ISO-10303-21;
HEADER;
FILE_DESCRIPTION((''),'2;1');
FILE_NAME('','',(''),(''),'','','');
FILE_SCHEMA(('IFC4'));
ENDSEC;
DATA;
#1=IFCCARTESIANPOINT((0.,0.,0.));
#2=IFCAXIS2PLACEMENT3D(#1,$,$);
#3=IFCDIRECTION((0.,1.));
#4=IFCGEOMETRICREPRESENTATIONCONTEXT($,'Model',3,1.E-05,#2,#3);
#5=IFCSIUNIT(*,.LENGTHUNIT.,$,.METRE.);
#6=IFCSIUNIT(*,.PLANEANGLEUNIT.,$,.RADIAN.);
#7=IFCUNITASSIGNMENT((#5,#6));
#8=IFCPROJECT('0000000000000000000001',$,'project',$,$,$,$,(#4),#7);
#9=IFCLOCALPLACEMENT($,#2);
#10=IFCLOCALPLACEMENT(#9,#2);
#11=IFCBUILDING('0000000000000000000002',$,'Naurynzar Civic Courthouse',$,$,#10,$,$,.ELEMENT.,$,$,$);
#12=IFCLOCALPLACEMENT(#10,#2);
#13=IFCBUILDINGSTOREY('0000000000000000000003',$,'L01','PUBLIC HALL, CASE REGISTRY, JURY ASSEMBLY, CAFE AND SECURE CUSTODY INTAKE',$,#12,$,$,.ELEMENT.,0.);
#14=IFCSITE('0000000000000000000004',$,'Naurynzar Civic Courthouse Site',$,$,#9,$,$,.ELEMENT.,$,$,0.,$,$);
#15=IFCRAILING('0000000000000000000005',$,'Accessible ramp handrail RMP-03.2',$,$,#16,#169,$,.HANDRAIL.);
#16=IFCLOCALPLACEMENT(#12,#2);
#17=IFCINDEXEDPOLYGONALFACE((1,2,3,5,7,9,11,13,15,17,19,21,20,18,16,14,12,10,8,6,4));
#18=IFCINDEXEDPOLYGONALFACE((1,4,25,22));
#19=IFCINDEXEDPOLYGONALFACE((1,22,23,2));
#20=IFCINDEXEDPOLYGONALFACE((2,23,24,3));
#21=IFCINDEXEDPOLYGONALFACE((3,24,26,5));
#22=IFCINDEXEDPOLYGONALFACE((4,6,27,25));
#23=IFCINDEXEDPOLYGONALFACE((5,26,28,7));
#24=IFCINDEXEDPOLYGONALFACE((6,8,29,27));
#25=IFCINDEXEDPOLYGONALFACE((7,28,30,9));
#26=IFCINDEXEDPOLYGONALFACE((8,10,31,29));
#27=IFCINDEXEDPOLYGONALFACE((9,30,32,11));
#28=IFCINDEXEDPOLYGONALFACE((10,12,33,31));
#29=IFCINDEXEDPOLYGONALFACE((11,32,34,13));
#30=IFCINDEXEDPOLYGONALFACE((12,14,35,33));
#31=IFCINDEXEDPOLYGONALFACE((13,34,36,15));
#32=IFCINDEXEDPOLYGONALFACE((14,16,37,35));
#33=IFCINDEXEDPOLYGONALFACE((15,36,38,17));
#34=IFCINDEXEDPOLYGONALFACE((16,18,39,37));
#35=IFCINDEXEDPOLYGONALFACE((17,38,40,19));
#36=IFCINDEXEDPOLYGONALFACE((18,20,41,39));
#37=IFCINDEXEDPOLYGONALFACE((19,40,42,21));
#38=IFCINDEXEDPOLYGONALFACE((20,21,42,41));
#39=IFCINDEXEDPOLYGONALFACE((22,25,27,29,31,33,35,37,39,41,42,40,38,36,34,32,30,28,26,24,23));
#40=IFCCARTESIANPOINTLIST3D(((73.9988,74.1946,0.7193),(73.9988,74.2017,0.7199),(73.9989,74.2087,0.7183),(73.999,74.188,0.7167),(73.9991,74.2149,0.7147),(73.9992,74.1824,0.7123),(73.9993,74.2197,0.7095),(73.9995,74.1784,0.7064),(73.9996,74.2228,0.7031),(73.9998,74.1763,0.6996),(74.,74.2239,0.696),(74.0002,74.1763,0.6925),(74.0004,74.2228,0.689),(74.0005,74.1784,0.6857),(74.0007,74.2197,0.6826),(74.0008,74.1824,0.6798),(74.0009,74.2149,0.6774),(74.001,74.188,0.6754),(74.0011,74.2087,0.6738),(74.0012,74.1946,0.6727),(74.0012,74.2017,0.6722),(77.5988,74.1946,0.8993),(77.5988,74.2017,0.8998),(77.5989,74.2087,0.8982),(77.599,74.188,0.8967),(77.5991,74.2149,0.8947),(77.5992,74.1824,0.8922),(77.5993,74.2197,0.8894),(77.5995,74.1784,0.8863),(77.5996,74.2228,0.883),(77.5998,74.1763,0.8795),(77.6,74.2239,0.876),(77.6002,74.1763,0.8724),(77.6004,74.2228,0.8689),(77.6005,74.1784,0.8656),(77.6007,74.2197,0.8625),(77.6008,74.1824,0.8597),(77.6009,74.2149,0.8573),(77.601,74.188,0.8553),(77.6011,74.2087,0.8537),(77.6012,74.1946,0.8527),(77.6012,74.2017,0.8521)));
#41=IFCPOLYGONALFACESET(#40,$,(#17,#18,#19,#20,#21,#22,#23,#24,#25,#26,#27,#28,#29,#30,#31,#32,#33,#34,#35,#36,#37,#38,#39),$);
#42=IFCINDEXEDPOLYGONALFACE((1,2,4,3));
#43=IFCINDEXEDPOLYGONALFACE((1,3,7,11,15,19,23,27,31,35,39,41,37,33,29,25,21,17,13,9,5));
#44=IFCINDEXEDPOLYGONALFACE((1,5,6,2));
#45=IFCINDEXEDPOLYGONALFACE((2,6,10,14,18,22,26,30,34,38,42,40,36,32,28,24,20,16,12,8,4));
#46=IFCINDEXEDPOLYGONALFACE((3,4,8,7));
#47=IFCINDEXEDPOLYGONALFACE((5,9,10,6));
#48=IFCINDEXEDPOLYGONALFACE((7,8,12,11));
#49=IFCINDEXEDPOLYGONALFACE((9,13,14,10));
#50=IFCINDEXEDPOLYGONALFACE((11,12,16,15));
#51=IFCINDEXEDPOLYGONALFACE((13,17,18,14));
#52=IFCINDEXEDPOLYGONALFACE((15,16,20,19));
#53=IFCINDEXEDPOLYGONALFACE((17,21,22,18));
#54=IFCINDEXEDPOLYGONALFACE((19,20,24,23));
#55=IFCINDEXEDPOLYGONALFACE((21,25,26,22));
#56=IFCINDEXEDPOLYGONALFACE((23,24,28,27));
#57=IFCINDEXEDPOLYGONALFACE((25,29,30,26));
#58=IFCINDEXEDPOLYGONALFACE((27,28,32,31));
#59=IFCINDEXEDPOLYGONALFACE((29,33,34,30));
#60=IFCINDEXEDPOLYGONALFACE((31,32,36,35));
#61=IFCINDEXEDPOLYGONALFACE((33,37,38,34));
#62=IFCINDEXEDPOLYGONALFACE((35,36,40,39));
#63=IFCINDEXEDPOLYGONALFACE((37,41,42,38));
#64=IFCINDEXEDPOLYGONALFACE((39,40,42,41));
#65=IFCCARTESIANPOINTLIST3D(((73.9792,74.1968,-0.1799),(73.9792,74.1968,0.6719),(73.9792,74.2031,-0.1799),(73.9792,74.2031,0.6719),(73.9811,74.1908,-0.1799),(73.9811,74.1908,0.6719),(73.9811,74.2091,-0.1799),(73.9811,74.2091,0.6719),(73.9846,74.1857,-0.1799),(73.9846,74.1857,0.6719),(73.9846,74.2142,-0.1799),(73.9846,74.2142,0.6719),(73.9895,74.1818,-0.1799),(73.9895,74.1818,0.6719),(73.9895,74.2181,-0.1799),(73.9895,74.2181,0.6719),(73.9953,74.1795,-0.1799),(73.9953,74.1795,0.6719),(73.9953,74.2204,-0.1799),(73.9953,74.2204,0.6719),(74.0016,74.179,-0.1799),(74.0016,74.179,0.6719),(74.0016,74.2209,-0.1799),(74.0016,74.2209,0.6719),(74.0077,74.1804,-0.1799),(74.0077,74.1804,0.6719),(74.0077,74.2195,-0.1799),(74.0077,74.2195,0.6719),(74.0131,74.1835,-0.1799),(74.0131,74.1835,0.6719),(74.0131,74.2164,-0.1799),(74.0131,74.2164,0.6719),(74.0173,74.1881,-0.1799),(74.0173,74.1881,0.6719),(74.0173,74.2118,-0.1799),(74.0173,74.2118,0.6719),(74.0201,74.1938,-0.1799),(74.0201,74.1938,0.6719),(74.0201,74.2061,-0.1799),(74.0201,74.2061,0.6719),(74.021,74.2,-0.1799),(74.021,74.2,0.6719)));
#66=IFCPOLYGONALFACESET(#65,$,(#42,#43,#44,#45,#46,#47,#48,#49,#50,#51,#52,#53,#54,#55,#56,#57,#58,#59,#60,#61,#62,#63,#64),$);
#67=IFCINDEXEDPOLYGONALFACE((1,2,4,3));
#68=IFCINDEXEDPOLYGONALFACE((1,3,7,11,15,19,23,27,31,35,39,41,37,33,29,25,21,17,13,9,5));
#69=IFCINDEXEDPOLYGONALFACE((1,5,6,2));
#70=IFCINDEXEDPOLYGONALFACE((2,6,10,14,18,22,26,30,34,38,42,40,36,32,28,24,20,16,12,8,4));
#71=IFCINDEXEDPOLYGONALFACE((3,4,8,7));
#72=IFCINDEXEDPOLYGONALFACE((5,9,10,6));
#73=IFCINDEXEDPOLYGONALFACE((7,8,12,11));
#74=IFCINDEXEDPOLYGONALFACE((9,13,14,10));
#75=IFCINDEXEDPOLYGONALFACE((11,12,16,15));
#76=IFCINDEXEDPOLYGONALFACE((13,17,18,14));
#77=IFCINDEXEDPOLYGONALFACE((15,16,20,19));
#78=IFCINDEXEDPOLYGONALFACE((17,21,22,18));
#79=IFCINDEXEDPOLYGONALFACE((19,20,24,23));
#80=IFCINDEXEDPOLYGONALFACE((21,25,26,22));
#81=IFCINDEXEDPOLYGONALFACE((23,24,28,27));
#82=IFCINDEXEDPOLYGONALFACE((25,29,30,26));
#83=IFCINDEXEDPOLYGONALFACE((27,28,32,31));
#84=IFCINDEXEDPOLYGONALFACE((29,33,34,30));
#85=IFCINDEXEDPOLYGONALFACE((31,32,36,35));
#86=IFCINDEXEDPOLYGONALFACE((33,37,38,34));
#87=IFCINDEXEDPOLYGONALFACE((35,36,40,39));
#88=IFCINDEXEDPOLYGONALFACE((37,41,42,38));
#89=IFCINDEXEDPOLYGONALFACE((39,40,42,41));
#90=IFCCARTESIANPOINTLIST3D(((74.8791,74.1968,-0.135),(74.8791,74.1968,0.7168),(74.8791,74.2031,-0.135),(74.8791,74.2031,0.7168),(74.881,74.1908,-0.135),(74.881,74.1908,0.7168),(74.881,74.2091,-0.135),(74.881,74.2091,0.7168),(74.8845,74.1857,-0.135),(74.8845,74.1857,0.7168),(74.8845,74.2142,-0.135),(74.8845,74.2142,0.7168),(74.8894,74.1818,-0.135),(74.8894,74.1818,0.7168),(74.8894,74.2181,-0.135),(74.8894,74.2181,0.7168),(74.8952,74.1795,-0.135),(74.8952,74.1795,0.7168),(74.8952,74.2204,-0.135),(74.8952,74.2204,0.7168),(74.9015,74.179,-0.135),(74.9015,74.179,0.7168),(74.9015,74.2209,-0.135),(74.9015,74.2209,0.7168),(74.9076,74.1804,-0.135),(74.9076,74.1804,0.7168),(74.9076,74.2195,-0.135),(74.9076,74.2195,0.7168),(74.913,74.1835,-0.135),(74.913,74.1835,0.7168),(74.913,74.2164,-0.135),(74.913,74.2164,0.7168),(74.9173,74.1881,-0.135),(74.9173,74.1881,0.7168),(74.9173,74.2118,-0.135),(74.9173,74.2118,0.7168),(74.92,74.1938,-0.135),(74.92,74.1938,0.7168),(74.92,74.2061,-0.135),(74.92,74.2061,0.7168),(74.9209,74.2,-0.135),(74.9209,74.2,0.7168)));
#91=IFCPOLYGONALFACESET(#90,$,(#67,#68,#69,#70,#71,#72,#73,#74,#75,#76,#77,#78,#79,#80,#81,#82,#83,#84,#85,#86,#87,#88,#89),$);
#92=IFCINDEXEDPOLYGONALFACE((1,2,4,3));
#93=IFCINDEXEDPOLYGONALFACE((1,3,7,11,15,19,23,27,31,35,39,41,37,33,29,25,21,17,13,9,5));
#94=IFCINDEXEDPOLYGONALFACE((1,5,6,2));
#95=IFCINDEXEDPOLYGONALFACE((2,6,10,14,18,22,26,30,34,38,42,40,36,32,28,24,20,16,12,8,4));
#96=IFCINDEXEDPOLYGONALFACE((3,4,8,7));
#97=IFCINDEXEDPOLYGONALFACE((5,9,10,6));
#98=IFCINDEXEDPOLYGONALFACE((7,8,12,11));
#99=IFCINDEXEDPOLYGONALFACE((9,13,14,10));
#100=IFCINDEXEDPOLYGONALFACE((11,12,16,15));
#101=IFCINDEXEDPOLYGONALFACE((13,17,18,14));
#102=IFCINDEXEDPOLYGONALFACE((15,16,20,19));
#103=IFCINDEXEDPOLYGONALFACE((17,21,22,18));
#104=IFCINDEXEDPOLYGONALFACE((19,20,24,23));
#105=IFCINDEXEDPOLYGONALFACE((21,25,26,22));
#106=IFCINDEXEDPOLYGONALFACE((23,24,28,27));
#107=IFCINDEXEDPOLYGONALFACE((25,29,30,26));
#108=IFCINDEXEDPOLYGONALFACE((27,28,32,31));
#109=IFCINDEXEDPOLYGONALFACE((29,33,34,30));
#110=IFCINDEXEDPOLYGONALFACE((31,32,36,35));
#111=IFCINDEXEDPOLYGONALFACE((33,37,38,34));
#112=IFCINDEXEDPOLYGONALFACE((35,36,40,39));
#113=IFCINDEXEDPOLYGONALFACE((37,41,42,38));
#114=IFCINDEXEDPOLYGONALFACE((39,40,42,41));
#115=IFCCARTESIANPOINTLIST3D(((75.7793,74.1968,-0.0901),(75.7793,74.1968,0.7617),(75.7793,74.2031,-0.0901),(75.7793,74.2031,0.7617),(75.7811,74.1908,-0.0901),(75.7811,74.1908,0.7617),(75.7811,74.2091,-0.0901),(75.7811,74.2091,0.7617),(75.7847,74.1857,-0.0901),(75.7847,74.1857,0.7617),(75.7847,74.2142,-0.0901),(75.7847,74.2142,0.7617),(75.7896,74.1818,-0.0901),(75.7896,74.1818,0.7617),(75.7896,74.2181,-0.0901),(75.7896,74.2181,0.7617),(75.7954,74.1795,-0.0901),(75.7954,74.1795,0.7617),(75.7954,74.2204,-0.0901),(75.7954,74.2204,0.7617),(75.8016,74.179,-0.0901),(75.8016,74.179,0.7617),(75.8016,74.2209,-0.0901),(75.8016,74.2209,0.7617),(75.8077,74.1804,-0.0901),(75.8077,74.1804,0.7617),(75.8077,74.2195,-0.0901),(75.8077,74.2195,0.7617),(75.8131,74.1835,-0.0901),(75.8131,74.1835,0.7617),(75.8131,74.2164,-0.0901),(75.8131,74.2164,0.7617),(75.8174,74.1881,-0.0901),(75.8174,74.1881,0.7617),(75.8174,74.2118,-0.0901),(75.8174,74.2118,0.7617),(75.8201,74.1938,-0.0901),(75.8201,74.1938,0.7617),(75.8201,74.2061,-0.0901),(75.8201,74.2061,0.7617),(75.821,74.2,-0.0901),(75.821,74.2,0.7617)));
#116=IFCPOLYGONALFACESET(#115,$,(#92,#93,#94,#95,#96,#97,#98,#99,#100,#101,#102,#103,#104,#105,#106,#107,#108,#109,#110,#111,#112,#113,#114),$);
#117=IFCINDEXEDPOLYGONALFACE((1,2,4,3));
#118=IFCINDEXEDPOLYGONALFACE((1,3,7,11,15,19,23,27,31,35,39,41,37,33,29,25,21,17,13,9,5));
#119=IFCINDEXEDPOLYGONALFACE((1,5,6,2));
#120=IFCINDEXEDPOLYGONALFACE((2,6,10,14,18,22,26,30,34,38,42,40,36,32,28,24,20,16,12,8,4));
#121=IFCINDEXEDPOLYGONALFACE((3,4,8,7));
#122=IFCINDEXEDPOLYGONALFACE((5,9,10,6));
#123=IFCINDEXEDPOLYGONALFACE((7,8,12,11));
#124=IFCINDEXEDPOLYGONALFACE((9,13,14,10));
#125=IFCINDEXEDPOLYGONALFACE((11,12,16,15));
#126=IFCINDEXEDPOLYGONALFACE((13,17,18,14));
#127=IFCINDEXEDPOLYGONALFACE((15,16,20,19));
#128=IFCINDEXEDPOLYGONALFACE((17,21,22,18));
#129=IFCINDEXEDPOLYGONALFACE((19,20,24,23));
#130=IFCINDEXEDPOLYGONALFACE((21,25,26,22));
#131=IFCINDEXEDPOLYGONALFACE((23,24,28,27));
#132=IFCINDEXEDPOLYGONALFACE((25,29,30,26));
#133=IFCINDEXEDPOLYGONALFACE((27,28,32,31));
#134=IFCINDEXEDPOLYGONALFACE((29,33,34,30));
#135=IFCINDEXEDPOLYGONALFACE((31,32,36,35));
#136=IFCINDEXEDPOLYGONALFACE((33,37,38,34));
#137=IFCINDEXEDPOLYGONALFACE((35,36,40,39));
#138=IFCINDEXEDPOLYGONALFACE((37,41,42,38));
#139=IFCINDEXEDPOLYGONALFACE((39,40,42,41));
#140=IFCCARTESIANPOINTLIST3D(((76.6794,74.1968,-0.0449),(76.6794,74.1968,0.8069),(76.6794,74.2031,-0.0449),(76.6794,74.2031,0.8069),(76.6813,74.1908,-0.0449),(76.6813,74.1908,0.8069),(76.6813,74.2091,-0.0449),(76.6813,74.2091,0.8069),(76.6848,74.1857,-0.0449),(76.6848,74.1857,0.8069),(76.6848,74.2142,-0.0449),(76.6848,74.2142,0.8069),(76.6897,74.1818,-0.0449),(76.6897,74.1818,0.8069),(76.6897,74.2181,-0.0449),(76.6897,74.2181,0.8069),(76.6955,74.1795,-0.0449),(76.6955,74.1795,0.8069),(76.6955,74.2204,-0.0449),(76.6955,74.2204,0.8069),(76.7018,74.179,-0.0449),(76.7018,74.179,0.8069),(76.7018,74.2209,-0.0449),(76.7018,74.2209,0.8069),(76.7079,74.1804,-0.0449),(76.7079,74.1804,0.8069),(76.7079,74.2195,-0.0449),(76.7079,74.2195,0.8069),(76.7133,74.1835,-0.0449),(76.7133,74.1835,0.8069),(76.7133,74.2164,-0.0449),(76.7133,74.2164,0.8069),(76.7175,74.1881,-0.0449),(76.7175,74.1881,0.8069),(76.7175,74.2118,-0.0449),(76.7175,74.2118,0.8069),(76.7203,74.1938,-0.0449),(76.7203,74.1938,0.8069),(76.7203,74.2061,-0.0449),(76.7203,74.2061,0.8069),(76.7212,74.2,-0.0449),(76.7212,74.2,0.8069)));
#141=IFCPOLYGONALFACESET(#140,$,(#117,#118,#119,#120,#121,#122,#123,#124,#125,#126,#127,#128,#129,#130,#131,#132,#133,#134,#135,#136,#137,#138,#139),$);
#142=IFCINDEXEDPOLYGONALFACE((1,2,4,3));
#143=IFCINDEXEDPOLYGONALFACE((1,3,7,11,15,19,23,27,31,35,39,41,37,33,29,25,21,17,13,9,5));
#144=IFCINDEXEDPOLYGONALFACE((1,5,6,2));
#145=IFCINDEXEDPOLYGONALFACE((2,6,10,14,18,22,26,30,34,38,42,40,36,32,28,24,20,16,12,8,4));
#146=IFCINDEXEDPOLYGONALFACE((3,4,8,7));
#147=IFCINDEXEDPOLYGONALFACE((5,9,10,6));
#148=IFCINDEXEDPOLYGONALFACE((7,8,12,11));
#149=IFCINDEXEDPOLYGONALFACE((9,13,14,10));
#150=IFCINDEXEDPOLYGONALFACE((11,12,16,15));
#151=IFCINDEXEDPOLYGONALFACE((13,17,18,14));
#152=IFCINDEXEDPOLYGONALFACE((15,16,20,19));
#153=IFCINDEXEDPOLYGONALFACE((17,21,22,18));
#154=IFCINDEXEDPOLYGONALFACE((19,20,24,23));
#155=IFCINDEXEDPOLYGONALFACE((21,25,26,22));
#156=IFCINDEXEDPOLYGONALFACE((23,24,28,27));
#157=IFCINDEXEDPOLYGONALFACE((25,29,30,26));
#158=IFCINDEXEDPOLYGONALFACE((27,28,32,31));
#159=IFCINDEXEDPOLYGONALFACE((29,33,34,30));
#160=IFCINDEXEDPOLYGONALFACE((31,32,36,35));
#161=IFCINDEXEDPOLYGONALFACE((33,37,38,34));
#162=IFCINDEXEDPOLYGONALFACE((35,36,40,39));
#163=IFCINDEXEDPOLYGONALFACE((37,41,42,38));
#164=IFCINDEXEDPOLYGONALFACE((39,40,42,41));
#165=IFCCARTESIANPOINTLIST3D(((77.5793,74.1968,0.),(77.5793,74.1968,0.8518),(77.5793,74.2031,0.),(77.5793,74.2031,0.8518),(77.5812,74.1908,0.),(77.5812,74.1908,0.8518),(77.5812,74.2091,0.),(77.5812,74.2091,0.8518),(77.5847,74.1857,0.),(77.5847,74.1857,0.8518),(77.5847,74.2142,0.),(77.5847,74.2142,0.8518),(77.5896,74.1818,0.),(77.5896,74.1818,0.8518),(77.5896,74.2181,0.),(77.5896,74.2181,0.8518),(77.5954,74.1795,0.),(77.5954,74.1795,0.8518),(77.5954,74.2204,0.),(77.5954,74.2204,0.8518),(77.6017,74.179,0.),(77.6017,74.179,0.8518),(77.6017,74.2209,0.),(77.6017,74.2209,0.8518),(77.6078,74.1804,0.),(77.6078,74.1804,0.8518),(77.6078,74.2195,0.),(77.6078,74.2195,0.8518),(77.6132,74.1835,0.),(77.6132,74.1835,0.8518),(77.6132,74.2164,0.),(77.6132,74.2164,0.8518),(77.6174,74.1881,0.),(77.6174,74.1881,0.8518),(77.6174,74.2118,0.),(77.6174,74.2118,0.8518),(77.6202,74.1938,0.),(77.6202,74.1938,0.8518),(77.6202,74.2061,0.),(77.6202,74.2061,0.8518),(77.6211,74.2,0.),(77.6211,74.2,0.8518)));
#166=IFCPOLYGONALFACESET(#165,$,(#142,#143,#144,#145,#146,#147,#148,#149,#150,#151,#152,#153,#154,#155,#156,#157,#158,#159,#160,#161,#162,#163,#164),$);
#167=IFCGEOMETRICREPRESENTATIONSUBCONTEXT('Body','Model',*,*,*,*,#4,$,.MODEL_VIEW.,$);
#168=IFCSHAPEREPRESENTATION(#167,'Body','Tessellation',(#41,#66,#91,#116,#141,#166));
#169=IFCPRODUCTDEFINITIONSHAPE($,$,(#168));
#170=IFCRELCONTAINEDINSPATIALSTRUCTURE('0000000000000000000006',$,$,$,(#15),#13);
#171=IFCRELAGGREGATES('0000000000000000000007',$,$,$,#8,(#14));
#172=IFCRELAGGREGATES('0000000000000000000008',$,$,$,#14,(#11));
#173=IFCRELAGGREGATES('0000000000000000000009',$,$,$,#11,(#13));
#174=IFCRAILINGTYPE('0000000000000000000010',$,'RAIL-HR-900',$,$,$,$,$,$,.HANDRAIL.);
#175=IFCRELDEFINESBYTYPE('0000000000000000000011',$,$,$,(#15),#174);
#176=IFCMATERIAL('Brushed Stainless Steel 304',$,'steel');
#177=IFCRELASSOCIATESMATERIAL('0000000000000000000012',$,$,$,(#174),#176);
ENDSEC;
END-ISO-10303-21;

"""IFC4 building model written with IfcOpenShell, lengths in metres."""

from ifc_helpers import new_model, si_unit, direction, frame, origin, origin_2d, place, context, subcontext, project, spatial, circle, extrude, material, type_object, element, save


model = new_model("IFC4")

# Units and contexts
model_context = context("Model", 3, precision=1e-05, world=origin(), true_north=direction((0.0, 1.0)))
body_context = subcontext(model_context, "Body", "Model", "MODEL_VIEW")
ifc_project = project(units=[si_unit("LENGTHUNIT", "METRE"), si_unit("PLANEANGLEUNIT", "RADIAN")], contexts=[model_context])

# Site, building, storey
site_placement = place(None, origin())
site = spatial("IfcSite", under=ifc_project, at=site_placement, Name="Naurynzar Civic Courthouse Site", CompositionType="ELEMENT", RefElevation=0.0)
building_placement = place(site_placement, origin())
building = spatial("IfcBuilding", under=site, at=building_placement, Name="Naurynzar Civic Courthouse", CompositionType="ELEMENT")
storey_placement = place(building_placement, origin())
storey = spatial("IfcBuildingStorey", under=building, at=storey_placement, Name="L01", Description="PUBLIC HALL, CASE REGISTRY, JURY ASSEMBLY, CAFE AND SECURE CUSTODY INTAKE", CompositionType="ELEMENT", Elevation=0.0)

# Railing
ifc_material_1 = material(Name="Brushed Stainless Steel 304", Category="steel")
railing_type = type_object("IfcRailingType", Name="RAIL-HR-900", PredefinedType="HANDRAIL", material=ifc_material_1)
for number, where, name in (
    (1, (74.0, 74.2, -0.1799), "Accessible ramp handrail RMP-03.2"),
):
    element("IfcRailing", number, at=place(storey_placement, frame(where)), inside=storey, type_object=railing_type, Name=name, PredefinedType="HANDRAIL", context=body_context, shape_type="SweptSolid", body=[
        extrude(circle(Radius=0.0239, at=origin_2d()), frame((0.0, 0.0, 0.876), z_axis=(0.998753, 0.0, 0.049917), x_axis=(0.0, 1.0, 0.0)), (0.0, 0.0, 1.0), 3.6045),
        extrude(circle(Radius=0.021, at=origin_2d()), origin(), (0.0, 0.0, 1.0), 0.8518),
        extrude(circle(Radius=0.021, at=origin_2d()), frame((0.8999, 0.0, 0.0449)), (0.0, 0.0, 1.0), 0.8518),
        extrude(circle(Radius=0.021, at=origin_2d()), frame((1.8, 0.0, 0.0898)), (0.0, 0.0, 1.0), 0.8518),
        extrude(circle(Radius=0.021, at=origin_2d()), frame((2.7002, 0.0, 0.135)), (0.0, 0.0, 1.0), 0.8518),
        extrude(circle(Radius=0.021, at=origin_2d()), frame((3.6001, 0.0, 0.1799)), (0.0, 0.0, 1.0), 0.8518),
    ])

save(model, "model.ifc")
